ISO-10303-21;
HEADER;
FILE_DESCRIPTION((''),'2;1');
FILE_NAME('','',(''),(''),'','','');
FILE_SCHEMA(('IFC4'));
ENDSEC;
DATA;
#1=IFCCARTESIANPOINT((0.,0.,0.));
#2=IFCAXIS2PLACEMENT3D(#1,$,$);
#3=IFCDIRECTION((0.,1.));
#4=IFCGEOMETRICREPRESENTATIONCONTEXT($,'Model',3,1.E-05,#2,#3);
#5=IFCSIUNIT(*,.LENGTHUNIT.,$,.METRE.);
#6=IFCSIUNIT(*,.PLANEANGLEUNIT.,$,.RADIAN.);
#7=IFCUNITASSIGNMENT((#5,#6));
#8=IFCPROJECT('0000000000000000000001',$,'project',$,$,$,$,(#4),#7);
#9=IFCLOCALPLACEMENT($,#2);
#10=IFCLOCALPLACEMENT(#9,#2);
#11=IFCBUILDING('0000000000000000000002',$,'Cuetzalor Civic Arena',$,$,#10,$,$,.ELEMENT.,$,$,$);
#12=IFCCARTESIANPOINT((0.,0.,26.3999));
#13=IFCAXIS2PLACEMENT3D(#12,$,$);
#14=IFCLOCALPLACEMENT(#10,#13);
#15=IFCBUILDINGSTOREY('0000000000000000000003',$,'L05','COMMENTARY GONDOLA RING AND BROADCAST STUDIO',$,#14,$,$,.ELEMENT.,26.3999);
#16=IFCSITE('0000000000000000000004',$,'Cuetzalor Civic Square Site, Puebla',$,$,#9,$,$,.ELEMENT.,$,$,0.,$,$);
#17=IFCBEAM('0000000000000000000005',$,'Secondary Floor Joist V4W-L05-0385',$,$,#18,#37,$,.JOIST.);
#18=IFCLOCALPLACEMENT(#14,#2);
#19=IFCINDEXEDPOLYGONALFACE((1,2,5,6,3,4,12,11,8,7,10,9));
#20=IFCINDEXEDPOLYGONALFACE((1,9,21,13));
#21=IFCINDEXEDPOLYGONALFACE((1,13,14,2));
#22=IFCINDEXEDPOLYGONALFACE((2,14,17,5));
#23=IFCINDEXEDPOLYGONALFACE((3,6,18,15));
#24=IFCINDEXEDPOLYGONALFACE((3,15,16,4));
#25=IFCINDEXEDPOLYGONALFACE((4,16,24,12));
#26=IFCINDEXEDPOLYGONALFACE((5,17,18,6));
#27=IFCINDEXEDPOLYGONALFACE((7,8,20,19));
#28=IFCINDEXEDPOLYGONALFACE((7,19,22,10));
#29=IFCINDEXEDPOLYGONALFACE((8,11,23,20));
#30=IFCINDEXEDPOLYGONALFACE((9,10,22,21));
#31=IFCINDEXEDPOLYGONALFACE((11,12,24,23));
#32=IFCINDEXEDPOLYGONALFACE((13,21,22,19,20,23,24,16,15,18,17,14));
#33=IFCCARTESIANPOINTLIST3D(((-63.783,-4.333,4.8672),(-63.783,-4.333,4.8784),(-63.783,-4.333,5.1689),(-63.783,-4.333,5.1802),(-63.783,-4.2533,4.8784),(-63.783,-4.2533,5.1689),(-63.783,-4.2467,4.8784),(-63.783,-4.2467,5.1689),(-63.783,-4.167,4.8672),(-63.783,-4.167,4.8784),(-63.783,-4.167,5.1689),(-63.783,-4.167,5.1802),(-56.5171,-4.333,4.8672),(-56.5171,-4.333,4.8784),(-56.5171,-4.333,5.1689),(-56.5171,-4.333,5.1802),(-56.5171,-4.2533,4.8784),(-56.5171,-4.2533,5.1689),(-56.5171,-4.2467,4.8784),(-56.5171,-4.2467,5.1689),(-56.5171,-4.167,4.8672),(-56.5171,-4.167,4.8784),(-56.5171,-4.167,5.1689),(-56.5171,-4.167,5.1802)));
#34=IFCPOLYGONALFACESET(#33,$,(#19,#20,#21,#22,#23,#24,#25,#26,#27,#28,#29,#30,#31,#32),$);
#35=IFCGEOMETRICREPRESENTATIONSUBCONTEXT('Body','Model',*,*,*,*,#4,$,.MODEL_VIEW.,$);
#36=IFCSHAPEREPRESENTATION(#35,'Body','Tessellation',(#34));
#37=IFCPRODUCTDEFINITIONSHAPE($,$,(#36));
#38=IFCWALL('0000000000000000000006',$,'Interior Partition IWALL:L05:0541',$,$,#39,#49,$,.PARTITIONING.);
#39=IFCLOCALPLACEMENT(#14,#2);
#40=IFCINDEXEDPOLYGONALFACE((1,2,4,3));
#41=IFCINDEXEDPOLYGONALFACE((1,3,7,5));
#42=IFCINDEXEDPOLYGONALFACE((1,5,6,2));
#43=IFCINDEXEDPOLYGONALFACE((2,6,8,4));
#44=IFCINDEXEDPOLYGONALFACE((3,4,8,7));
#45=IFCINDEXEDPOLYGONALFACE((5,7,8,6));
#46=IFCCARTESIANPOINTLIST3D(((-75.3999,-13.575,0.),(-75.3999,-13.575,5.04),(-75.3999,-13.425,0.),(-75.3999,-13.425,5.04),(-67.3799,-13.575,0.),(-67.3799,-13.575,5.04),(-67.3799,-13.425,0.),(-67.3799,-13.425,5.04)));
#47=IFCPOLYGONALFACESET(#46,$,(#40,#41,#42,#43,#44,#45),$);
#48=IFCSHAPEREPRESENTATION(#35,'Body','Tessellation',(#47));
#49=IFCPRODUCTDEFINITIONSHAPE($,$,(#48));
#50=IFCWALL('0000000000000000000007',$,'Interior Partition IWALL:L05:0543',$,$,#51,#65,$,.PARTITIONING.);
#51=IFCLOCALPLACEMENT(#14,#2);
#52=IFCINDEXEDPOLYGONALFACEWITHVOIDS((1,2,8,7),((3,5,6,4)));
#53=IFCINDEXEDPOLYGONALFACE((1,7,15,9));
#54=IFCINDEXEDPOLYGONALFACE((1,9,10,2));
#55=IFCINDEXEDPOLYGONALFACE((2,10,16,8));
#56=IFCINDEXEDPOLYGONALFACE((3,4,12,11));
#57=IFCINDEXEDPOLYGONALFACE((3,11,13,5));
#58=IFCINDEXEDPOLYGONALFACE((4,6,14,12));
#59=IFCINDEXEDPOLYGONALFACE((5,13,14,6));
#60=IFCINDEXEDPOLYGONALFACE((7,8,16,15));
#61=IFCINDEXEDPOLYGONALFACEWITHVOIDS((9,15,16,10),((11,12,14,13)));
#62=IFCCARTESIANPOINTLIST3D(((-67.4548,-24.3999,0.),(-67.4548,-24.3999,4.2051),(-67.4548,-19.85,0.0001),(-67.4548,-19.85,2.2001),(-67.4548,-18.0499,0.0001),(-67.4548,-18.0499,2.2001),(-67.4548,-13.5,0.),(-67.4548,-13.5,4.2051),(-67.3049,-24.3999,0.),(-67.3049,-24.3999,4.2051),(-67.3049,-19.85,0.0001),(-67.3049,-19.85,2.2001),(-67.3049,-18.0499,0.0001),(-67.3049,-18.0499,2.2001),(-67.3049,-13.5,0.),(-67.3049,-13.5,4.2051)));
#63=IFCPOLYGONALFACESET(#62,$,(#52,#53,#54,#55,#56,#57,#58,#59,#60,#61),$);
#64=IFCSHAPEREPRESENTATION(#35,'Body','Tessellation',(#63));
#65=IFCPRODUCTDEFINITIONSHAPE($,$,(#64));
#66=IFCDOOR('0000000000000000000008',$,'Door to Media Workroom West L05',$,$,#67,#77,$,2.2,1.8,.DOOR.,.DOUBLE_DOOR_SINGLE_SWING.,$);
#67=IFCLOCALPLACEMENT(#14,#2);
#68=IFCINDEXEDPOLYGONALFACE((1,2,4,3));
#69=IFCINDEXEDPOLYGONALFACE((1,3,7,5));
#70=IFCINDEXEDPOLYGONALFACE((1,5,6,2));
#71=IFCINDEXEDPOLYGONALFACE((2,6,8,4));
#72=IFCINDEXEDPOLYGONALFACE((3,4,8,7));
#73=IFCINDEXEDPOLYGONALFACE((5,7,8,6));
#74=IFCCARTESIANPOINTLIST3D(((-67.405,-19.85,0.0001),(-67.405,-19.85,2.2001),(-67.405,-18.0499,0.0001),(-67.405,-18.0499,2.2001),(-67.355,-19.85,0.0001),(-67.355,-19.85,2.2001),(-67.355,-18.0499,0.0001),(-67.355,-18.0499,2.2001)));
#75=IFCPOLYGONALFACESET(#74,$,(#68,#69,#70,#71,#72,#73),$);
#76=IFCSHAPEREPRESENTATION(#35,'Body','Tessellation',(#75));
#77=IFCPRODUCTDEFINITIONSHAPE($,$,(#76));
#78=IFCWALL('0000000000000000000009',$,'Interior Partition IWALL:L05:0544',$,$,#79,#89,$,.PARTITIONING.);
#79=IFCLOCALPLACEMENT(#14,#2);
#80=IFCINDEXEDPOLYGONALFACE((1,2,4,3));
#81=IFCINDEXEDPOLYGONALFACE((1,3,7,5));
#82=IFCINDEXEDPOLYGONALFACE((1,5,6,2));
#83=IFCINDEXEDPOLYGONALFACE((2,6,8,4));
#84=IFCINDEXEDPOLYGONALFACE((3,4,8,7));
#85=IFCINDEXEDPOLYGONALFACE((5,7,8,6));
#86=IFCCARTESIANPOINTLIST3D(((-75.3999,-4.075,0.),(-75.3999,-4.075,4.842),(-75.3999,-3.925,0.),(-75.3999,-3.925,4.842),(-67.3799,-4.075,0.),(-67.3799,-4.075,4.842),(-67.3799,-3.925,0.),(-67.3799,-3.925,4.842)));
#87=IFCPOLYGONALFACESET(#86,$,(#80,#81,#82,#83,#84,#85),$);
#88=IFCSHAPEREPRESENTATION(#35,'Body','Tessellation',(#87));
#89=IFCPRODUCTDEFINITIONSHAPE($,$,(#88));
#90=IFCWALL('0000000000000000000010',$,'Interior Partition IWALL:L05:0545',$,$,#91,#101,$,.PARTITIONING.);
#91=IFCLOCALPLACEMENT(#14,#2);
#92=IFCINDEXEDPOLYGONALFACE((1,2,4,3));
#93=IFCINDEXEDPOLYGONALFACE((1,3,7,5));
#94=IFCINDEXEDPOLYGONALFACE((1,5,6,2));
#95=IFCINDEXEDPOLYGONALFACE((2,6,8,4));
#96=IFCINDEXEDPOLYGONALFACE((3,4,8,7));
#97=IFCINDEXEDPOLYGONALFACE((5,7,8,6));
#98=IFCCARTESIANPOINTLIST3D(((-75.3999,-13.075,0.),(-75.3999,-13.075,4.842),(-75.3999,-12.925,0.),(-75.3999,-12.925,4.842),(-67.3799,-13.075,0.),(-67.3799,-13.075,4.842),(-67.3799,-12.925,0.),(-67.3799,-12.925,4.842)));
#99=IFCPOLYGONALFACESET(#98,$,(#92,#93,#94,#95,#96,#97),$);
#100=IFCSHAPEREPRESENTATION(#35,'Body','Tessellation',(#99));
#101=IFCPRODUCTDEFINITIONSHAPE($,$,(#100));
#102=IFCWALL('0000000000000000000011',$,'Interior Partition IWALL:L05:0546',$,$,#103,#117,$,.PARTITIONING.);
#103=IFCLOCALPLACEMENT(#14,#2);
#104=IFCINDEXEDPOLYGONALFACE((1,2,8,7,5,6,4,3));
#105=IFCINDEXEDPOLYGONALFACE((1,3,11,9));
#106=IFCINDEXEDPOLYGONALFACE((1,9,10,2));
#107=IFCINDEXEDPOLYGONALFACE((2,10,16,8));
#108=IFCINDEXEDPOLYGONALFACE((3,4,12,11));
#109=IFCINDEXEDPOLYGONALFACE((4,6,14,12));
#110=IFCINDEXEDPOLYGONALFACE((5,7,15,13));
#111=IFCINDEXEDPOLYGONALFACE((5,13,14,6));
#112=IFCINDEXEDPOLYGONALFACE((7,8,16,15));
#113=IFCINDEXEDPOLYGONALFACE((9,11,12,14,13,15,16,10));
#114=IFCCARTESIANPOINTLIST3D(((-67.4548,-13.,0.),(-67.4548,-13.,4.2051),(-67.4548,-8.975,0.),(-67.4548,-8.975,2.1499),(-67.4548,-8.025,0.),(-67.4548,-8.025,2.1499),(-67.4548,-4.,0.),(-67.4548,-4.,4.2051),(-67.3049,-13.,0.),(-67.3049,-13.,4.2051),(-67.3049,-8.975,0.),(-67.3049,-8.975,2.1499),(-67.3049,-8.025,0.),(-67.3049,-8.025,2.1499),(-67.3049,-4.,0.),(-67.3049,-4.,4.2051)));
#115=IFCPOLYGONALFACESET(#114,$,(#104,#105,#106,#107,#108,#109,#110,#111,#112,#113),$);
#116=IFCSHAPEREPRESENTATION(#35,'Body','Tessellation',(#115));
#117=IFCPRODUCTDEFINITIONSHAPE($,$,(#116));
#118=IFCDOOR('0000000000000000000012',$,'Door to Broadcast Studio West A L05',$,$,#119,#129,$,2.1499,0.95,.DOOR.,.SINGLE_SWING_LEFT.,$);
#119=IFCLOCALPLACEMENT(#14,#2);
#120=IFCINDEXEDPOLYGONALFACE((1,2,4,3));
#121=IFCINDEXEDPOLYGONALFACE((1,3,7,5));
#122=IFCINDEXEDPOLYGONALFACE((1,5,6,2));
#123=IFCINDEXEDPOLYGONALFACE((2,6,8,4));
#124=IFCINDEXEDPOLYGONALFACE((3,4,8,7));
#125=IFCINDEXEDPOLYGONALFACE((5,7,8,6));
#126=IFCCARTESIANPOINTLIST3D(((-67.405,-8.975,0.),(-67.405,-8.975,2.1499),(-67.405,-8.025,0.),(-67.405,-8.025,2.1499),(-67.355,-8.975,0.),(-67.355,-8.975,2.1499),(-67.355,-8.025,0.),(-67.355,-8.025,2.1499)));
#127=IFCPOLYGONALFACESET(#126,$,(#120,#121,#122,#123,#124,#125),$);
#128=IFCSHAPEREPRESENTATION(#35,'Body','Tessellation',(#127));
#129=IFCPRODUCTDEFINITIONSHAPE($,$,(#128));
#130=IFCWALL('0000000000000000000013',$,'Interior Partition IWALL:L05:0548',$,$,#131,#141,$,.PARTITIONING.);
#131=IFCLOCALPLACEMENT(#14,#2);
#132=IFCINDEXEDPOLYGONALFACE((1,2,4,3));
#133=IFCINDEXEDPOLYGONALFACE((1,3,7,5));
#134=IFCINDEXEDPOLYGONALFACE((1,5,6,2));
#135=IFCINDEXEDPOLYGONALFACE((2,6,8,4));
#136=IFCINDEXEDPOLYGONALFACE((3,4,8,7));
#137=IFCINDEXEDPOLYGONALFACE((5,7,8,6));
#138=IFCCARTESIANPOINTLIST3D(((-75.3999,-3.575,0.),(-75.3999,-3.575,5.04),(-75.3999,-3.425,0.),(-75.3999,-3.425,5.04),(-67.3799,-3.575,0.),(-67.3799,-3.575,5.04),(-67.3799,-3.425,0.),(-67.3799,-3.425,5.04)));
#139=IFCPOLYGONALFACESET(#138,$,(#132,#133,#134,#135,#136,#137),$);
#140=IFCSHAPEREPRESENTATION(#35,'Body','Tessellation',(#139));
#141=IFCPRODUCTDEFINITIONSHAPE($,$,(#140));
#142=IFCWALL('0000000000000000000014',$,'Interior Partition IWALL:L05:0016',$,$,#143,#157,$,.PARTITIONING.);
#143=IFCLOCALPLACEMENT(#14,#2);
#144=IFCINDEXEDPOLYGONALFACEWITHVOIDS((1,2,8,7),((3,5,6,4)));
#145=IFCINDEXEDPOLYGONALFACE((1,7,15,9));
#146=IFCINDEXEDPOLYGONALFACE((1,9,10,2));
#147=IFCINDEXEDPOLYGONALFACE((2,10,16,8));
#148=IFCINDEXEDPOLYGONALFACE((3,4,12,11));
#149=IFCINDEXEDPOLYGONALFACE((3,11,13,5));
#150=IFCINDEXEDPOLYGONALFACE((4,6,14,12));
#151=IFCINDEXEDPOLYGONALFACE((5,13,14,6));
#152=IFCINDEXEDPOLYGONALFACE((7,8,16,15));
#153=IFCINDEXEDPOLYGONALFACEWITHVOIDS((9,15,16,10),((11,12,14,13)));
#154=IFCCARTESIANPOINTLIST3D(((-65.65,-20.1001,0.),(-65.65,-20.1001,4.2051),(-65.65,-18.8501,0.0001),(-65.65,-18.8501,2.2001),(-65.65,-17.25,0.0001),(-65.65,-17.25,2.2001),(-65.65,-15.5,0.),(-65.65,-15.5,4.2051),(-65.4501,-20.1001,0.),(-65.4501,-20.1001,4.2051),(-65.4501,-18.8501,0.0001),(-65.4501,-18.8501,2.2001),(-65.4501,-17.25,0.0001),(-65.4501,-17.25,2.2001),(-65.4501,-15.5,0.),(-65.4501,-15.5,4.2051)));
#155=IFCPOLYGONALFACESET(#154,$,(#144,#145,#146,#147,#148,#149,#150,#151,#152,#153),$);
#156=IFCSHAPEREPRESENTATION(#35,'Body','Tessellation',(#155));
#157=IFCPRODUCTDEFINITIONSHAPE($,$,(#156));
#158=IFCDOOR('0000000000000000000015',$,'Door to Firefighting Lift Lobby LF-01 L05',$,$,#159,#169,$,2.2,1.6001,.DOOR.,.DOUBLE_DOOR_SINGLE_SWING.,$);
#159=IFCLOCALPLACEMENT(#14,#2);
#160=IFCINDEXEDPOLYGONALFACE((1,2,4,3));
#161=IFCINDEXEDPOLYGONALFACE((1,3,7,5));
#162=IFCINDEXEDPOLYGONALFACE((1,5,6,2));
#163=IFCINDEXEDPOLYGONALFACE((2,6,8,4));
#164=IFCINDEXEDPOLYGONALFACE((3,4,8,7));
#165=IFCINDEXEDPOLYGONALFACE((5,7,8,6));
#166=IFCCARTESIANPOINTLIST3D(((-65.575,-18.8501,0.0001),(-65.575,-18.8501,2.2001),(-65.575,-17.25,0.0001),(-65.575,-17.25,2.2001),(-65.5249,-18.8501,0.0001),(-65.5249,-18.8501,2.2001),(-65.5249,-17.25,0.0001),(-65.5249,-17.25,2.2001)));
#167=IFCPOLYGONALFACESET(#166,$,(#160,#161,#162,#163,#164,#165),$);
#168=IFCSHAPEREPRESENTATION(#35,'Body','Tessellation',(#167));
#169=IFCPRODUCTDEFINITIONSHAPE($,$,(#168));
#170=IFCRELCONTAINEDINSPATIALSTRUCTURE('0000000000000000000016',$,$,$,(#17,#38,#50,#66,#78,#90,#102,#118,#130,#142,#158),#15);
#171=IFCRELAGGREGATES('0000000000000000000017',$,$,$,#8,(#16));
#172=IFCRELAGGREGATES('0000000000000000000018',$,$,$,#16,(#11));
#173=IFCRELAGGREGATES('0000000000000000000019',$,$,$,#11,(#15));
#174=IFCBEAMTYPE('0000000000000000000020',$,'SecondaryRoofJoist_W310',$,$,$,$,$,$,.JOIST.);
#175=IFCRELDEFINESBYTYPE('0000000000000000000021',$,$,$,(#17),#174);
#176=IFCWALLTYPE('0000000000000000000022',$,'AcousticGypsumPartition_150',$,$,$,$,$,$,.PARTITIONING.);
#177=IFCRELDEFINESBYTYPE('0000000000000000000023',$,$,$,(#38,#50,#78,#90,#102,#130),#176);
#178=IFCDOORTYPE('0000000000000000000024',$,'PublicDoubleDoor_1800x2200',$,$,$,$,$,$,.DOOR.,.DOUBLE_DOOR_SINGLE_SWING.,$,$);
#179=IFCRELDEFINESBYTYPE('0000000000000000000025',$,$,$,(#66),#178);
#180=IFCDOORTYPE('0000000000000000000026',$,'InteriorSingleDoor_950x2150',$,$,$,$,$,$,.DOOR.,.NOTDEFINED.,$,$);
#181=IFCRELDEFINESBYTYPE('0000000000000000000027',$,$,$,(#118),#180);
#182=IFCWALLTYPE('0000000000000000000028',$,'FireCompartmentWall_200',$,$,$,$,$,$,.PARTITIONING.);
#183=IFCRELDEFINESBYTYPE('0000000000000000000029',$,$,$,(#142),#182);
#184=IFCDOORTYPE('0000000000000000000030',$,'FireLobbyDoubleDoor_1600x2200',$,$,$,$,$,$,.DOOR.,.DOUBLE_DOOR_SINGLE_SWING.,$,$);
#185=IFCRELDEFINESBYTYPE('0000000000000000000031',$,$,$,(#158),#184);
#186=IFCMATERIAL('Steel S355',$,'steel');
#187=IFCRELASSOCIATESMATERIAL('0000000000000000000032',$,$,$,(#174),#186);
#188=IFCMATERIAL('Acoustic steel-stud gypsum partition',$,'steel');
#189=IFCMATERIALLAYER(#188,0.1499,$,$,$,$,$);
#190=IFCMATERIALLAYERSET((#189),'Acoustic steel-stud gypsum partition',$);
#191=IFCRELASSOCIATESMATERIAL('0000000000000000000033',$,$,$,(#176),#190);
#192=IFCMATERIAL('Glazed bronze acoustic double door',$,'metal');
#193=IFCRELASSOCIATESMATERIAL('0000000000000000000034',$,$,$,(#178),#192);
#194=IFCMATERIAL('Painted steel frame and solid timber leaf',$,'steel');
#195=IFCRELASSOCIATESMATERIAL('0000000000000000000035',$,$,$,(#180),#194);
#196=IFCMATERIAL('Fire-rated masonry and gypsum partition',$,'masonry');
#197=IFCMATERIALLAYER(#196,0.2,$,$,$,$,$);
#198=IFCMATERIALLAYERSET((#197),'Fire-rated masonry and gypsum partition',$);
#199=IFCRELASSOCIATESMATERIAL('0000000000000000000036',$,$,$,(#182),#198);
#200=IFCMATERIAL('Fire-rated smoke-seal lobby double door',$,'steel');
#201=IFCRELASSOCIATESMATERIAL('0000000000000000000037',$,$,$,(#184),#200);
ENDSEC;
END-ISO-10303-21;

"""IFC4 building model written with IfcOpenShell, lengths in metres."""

from ifc_helpers import new_model, si_unit, direction, frame, frame_2d, origin, origin_2d, place, context, subcontext, project, spatial, rectangle, i_section, extrude, material, layer, layer_set, material_profile, profile_set, type_object, element, fill, save


model = new_model("IFC4")

# Units and contexts
model_context = context("Model", 3, precision=1e-05, world=origin(), true_north=direction((0.0, 1.0)))
body_context = subcontext(model_context, "Body", "Model", "MODEL_VIEW")
ifc_project = project(units=[si_unit("LENGTHUNIT", "METRE"), si_unit("PLANEANGLEUNIT", "RADIAN")], contexts=[model_context])

# Site, building, storey
site_placement = place(None, origin())
site = spatial("IfcSite", under=ifc_project, at=site_placement, Name="Cuetzalor Civic Square Site, Puebla", CompositionType="ELEMENT", RefElevation=0.0)
building_placement = place(site_placement, origin())
building = spatial("IfcBuilding", under=site, at=building_placement, Name="Cuetzalor Civic Arena", CompositionType="ELEMENT")
storey_placement = place(building_placement, frame((0.0, 0.0, 26.3999)))
storey = spatial("IfcBuildingStorey", under=building, at=storey_placement, Name="L05", Description="COMMENTARY GONDOLA RING AND BROADCAST STUDIO", CompositionType="ELEMENT", Elevation=26.3999)

# Beam
ifc_material_1 = material(Name="Steel S355", Category="steel")
ifc_material_profile_1 = material_profile(ifc_material_1, i_section(OverallWidth=0.166, OverallDepth=0.313, WebThickness=0.0066, FlangeThickness=0.0112, at=origin_2d()), Name="W310x45")
ifc_profile_set_1 = profile_set([ifc_material_profile_1], Name="Steel S355")
beam_type_1 = type_object("IfcBeamType", Name="SecondaryRoofJoist_W310", PredefinedType="JOIST", material=ifc_profile_set_1)
for number, where, z_axis, x_axis, name in (
    (1, (-63.783, -4.25, 5.0237), (1.0, 0.0, 0.0), (0.0, 1.0, 0.0), "Secondary Floor Joist V4W-L05-0385"),
):
    element("IfcBeam", number, at=place(storey_placement, frame(where, z_axis=z_axis, x_axis=x_axis)), inside=storey, type_object=beam_type_1, Name=name, PredefinedType="JOIST", context=body_context, shape_type="SweptSolid", body=[
        extrude(i_section(OverallWidth=0.166, OverallDepth=0.313, WebThickness=0.0066, FlangeThickness=0.0112, at=origin_2d()), origin(), (0.0, 0.0, 1.0), 7.2659),
    ])

# Wall
ifc_material_2 = material(Name="Acoustic steel-stud gypsum partition", Category="steel")
ifc_layer_1 = layer(ifc_material_2, 0.1499)
ifc_layer_set_1 = layer_set([ifc_layer_1], Name="Acoustic steel-stud gypsum partition")
wall_type_1 = type_object("IfcWallType", Name="AcousticGypsumPartition_150", PredefinedType="PARTITIONING", material=ifc_layer_set_1)
wall_1_placement = place(storey_placement, frame((-75.3999, -13.5, 0.0), z_axis=(0.0, 0.0, 1.0), x_axis=(1.0, 0.0, 0.0)))
element("IfcWall", 2, at=wall_1_placement, inside=storey, type_object=wall_type_1, Name="Interior Partition IWALL:L05:0541", PredefinedType="PARTITIONING", context=body_context, shape_type="SweptSolid", body=[
    extrude(rectangle(XDim=8.02, YDim=0.1499, at=frame_2d((4.01, 0.0))), origin(), (0.0, 0.0, 1.0), 5.04),
])

# Wall, opening, door
wall_2_placement = place(storey_placement, frame((-67.3799, -13.5, 0.0), z_axis=(0.0, 0.0, 1.0), x_axis=(0.0, -1.0, 0.0)))
wall_2 = element("IfcWall", 3, at=wall_2_placement, inside=storey, type_object=wall_type_1, Name="Interior Partition IWALL:L05:0543", PredefinedType="PARTITIONING", context=body_context, shape_type="SweptSolid", body=[
    extrude(rectangle(XDim=10.8999, YDim=0.1499, at=frame_2d((5.45, 0.0))), origin(), (0.0, 0.0, 1.0), 4.2051),
])
opening_1_placement = place(wall_2_placement, frame((4.55, 0.0, 0.0)))
opening_1 = element("IfcOpeningElement", 4, at=opening_1_placement, cuts=wall_2, PredefinedType="OPENING", context=body_context, shape_type="SweptSolid", body=[
    extrude(rectangle(XDim=1.8, YDim=2.2, at=frame_2d((0.8999, 1.1001))), frame((0.0, 0.085, 0.0), z_axis=(0.0, -1.0, 0.0), x_axis=(1.0, 0.0, 0.0)), (0.0, 0.0, 1.0), 0.1699),
])
ifc_material_3 = material(Name="Glazed bronze acoustic double door", Category="metal")
door_type_1 = type_object("IfcDoorType", Name="PublicDoubleDoor_1800x2200", OperationType="DOUBLE_DOOR_SINGLE_SWING", PredefinedType="DOOR", material=ifc_material_3)
door_1_placement = place(opening_1_placement, origin())
door_1 = element("IfcDoor", 5, at=door_1_placement, inside=storey, type_object=door_type_1, Name="Door to Media Workroom West L05", OperationType="DOUBLE_DOOR_SINGLE_SWING", OverallHeight=2.2, OverallWidth=1.8, PredefinedType="DOOR", context=body_context, shape_type="SweptSolid", body=[
    extrude(rectangle(XDim=1.8, YDim=2.2, at=frame_2d((0.8999, 1.1001))), frame((0.0, 0.0249, 0.0), z_axis=(0.0, -1.0, 0.0), x_axis=(1.0, 0.0, 0.0)), (0.0, 0.0, 1.0), 0.05),
])
fill(opening_1, door_1)

# Walls
for number, where, z_axis, x_axis, name in (
    (6, (-75.3999, -4.0, 0.0), (0.0, 0.0, 1.0), (1.0, 0.0, 0.0), "Interior Partition IWALL:L05:0544"),
    (7, (-67.3799, -13.0, 0.0), (0.0, 0.0, 1.0), (-1.0, 0.0, 0.0), "Interior Partition IWALL:L05:0545"),
):
    element("IfcWall", number, at=place(storey_placement, frame(where, z_axis=z_axis, x_axis=x_axis)), inside=storey, type_object=wall_type_1, Name=name, PredefinedType="PARTITIONING", context=body_context, shape_type="SweptSolid", body=[
        extrude(rectangle(XDim=8.02, YDim=0.1499, at=frame_2d((4.01, 0.0))), origin(), (0.0, 0.0, 1.0), 4.842),
    ])

# Wall, opening, door
wall_3_placement = place(storey_placement, frame((-67.3799, -4.0, 0.0), z_axis=(0.0, 0.0, 1.0), x_axis=(0.0, -1.0, 0.0)))
wall_3 = element("IfcWall", 8, at=wall_3_placement, inside=storey, type_object=wall_type_1, Name="Interior Partition IWALL:L05:0546", PredefinedType="PARTITIONING", context=body_context, shape_type="SweptSolid", body=[
    extrude(rectangle(XDim=9.0, YDim=0.1499, at=frame_2d((4.5, 0.0))), origin(), (0.0, 0.0, 1.0), 4.2051),
])
opening_2_placement = place(wall_3_placement, frame((4.0249, 0.0, 0.0)))
opening_2 = element("IfcOpeningElement", 9, at=opening_2_placement, cuts=wall_3, PredefinedType="OPENING", context=body_context, shape_type="SweptSolid", body=[
    extrude(rectangle(XDim=0.95, YDim=2.1499, at=frame_2d((0.4751, 1.075))), frame((0.0, 0.085, 0.0), z_axis=(0.0, -1.0, 0.0), x_axis=(1.0, 0.0, 0.0)), (0.0, 0.0, 1.0), 0.1699),
])
ifc_material_4 = material(Name="Painted steel frame and solid timber leaf", Category="steel")
door_type_2 = type_object("IfcDoorType", Name="InteriorSingleDoor_950x2150", OperationType="NOTDEFINED", PredefinedType="DOOR", material=ifc_material_4)
door_2_placement = place(opening_2_placement, origin())
door_2 = element("IfcDoor", 10, at=door_2_placement, inside=storey, type_object=door_type_2, Name="Door to Broadcast Studio West A L05", OperationType="SINGLE_SWING_LEFT", OverallHeight=2.1499, OverallWidth=0.95, PredefinedType="DOOR", context=body_context, shape_type="SweptSolid", body=[
    extrude(rectangle(XDim=0.95, YDim=2.1499, at=frame_2d((0.4751, 1.075))), frame((0.0, 0.0249, 0.0), z_axis=(0.0, -1.0, 0.0), x_axis=(1.0, 0.0, 0.0)), (0.0, 0.0, 1.0), 0.05),
])
fill(opening_2, door_2)

# Wall
wall_4_placement = place(storey_placement, frame((-67.3799, -3.5, 0.0), z_axis=(0.0, 0.0, 1.0), x_axis=(-1.0, 0.0, 0.0)))
element("IfcWall", 11, at=wall_4_placement, inside=storey, type_object=wall_type_1, Name="Interior Partition IWALL:L05:0548", PredefinedType="PARTITIONING", context=body_context, shape_type="SweptSolid", body=[
    extrude(rectangle(XDim=8.02, YDim=0.1499, at=frame_2d((4.01, 0.0))), origin(), (0.0, 0.0, 1.0), 5.04),
])

# Wall, opening, door
ifc_material_5 = material(Name="Fire-rated masonry and gypsum partition", Category="masonry")
ifc_layer_2 = layer(ifc_material_5, 0.2)
ifc_layer_set_2 = layer_set([ifc_layer_2], Name="Fire-rated masonry and gypsum partition")
wall_type_2 = type_object("IfcWallType", Name="FireCompartmentWall_200", PredefinedType="PARTITIONING", material=ifc_layer_set_2)
wall_5_placement = place(storey_placement, frame((-65.55, -20.1001, 0.0), z_axis=(0.0, 0.0, 1.0), x_axis=(0.0, 1.0, 0.0)))
wall_5 = element("IfcWall", 12, at=wall_5_placement, inside=storey, type_object=wall_type_2, Name="Interior Partition IWALL:L05:0016", PredefinedType="PARTITIONING", context=body_context, shape_type="SweptSolid", body=[
    extrude(rectangle(XDim=4.6001, YDim=0.2, at=frame_2d((2.3, 0.0))), origin(), (0.0, 0.0, 1.0), 4.2051),
])
opening_3_placement = place(wall_5_placement, frame((1.25, 0.0, 0.0)))
opening_3 = element("IfcOpeningElement", 13, at=opening_3_placement, cuts=wall_5, PredefinedType="OPENING", context=body_context, shape_type="SweptSolid", body=[
    extrude(rectangle(XDim=1.6001, YDim=2.2, at=frame_2d((0.8, 1.1001))), frame((0.0, 0.1099, 0.0), z_axis=(0.0, -1.0, 0.0), x_axis=(1.0, 0.0, 0.0)), (0.0, 0.0, 1.0), 0.22),
])
ifc_material_6 = material(Name="Fire-rated smoke-seal lobby double door", Category="steel")
door_type_3 = type_object("IfcDoorType", Name="FireLobbyDoubleDoor_1600x2200", OperationType="DOUBLE_DOOR_SINGLE_SWING", PredefinedType="DOOR", material=ifc_material_6)
door_3_placement = place(opening_3_placement, origin())
door_3 = element("IfcDoor", 14, at=door_3_placement, inside=storey, type_object=door_type_3, Name="Door to Firefighting Lift Lobby LF-01 L05", OperationType="DOUBLE_DOOR_SINGLE_SWING", OverallHeight=2.2, OverallWidth=1.6001, PredefinedType="DOOR", context=body_context, shape_type="SweptSolid", body=[
    extrude(rectangle(XDim=1.6001, YDim=2.2, at=frame_2d((0.8, 1.1001))), frame((0.0, 0.0249, 0.0), z_axis=(0.0, -1.0, 0.0), x_axis=(1.0, 0.0, 0.0)), (0.0, 0.0, 1.0), 0.05),
])
fill(opening_3, door_3)

save(model, "model.ifc")
